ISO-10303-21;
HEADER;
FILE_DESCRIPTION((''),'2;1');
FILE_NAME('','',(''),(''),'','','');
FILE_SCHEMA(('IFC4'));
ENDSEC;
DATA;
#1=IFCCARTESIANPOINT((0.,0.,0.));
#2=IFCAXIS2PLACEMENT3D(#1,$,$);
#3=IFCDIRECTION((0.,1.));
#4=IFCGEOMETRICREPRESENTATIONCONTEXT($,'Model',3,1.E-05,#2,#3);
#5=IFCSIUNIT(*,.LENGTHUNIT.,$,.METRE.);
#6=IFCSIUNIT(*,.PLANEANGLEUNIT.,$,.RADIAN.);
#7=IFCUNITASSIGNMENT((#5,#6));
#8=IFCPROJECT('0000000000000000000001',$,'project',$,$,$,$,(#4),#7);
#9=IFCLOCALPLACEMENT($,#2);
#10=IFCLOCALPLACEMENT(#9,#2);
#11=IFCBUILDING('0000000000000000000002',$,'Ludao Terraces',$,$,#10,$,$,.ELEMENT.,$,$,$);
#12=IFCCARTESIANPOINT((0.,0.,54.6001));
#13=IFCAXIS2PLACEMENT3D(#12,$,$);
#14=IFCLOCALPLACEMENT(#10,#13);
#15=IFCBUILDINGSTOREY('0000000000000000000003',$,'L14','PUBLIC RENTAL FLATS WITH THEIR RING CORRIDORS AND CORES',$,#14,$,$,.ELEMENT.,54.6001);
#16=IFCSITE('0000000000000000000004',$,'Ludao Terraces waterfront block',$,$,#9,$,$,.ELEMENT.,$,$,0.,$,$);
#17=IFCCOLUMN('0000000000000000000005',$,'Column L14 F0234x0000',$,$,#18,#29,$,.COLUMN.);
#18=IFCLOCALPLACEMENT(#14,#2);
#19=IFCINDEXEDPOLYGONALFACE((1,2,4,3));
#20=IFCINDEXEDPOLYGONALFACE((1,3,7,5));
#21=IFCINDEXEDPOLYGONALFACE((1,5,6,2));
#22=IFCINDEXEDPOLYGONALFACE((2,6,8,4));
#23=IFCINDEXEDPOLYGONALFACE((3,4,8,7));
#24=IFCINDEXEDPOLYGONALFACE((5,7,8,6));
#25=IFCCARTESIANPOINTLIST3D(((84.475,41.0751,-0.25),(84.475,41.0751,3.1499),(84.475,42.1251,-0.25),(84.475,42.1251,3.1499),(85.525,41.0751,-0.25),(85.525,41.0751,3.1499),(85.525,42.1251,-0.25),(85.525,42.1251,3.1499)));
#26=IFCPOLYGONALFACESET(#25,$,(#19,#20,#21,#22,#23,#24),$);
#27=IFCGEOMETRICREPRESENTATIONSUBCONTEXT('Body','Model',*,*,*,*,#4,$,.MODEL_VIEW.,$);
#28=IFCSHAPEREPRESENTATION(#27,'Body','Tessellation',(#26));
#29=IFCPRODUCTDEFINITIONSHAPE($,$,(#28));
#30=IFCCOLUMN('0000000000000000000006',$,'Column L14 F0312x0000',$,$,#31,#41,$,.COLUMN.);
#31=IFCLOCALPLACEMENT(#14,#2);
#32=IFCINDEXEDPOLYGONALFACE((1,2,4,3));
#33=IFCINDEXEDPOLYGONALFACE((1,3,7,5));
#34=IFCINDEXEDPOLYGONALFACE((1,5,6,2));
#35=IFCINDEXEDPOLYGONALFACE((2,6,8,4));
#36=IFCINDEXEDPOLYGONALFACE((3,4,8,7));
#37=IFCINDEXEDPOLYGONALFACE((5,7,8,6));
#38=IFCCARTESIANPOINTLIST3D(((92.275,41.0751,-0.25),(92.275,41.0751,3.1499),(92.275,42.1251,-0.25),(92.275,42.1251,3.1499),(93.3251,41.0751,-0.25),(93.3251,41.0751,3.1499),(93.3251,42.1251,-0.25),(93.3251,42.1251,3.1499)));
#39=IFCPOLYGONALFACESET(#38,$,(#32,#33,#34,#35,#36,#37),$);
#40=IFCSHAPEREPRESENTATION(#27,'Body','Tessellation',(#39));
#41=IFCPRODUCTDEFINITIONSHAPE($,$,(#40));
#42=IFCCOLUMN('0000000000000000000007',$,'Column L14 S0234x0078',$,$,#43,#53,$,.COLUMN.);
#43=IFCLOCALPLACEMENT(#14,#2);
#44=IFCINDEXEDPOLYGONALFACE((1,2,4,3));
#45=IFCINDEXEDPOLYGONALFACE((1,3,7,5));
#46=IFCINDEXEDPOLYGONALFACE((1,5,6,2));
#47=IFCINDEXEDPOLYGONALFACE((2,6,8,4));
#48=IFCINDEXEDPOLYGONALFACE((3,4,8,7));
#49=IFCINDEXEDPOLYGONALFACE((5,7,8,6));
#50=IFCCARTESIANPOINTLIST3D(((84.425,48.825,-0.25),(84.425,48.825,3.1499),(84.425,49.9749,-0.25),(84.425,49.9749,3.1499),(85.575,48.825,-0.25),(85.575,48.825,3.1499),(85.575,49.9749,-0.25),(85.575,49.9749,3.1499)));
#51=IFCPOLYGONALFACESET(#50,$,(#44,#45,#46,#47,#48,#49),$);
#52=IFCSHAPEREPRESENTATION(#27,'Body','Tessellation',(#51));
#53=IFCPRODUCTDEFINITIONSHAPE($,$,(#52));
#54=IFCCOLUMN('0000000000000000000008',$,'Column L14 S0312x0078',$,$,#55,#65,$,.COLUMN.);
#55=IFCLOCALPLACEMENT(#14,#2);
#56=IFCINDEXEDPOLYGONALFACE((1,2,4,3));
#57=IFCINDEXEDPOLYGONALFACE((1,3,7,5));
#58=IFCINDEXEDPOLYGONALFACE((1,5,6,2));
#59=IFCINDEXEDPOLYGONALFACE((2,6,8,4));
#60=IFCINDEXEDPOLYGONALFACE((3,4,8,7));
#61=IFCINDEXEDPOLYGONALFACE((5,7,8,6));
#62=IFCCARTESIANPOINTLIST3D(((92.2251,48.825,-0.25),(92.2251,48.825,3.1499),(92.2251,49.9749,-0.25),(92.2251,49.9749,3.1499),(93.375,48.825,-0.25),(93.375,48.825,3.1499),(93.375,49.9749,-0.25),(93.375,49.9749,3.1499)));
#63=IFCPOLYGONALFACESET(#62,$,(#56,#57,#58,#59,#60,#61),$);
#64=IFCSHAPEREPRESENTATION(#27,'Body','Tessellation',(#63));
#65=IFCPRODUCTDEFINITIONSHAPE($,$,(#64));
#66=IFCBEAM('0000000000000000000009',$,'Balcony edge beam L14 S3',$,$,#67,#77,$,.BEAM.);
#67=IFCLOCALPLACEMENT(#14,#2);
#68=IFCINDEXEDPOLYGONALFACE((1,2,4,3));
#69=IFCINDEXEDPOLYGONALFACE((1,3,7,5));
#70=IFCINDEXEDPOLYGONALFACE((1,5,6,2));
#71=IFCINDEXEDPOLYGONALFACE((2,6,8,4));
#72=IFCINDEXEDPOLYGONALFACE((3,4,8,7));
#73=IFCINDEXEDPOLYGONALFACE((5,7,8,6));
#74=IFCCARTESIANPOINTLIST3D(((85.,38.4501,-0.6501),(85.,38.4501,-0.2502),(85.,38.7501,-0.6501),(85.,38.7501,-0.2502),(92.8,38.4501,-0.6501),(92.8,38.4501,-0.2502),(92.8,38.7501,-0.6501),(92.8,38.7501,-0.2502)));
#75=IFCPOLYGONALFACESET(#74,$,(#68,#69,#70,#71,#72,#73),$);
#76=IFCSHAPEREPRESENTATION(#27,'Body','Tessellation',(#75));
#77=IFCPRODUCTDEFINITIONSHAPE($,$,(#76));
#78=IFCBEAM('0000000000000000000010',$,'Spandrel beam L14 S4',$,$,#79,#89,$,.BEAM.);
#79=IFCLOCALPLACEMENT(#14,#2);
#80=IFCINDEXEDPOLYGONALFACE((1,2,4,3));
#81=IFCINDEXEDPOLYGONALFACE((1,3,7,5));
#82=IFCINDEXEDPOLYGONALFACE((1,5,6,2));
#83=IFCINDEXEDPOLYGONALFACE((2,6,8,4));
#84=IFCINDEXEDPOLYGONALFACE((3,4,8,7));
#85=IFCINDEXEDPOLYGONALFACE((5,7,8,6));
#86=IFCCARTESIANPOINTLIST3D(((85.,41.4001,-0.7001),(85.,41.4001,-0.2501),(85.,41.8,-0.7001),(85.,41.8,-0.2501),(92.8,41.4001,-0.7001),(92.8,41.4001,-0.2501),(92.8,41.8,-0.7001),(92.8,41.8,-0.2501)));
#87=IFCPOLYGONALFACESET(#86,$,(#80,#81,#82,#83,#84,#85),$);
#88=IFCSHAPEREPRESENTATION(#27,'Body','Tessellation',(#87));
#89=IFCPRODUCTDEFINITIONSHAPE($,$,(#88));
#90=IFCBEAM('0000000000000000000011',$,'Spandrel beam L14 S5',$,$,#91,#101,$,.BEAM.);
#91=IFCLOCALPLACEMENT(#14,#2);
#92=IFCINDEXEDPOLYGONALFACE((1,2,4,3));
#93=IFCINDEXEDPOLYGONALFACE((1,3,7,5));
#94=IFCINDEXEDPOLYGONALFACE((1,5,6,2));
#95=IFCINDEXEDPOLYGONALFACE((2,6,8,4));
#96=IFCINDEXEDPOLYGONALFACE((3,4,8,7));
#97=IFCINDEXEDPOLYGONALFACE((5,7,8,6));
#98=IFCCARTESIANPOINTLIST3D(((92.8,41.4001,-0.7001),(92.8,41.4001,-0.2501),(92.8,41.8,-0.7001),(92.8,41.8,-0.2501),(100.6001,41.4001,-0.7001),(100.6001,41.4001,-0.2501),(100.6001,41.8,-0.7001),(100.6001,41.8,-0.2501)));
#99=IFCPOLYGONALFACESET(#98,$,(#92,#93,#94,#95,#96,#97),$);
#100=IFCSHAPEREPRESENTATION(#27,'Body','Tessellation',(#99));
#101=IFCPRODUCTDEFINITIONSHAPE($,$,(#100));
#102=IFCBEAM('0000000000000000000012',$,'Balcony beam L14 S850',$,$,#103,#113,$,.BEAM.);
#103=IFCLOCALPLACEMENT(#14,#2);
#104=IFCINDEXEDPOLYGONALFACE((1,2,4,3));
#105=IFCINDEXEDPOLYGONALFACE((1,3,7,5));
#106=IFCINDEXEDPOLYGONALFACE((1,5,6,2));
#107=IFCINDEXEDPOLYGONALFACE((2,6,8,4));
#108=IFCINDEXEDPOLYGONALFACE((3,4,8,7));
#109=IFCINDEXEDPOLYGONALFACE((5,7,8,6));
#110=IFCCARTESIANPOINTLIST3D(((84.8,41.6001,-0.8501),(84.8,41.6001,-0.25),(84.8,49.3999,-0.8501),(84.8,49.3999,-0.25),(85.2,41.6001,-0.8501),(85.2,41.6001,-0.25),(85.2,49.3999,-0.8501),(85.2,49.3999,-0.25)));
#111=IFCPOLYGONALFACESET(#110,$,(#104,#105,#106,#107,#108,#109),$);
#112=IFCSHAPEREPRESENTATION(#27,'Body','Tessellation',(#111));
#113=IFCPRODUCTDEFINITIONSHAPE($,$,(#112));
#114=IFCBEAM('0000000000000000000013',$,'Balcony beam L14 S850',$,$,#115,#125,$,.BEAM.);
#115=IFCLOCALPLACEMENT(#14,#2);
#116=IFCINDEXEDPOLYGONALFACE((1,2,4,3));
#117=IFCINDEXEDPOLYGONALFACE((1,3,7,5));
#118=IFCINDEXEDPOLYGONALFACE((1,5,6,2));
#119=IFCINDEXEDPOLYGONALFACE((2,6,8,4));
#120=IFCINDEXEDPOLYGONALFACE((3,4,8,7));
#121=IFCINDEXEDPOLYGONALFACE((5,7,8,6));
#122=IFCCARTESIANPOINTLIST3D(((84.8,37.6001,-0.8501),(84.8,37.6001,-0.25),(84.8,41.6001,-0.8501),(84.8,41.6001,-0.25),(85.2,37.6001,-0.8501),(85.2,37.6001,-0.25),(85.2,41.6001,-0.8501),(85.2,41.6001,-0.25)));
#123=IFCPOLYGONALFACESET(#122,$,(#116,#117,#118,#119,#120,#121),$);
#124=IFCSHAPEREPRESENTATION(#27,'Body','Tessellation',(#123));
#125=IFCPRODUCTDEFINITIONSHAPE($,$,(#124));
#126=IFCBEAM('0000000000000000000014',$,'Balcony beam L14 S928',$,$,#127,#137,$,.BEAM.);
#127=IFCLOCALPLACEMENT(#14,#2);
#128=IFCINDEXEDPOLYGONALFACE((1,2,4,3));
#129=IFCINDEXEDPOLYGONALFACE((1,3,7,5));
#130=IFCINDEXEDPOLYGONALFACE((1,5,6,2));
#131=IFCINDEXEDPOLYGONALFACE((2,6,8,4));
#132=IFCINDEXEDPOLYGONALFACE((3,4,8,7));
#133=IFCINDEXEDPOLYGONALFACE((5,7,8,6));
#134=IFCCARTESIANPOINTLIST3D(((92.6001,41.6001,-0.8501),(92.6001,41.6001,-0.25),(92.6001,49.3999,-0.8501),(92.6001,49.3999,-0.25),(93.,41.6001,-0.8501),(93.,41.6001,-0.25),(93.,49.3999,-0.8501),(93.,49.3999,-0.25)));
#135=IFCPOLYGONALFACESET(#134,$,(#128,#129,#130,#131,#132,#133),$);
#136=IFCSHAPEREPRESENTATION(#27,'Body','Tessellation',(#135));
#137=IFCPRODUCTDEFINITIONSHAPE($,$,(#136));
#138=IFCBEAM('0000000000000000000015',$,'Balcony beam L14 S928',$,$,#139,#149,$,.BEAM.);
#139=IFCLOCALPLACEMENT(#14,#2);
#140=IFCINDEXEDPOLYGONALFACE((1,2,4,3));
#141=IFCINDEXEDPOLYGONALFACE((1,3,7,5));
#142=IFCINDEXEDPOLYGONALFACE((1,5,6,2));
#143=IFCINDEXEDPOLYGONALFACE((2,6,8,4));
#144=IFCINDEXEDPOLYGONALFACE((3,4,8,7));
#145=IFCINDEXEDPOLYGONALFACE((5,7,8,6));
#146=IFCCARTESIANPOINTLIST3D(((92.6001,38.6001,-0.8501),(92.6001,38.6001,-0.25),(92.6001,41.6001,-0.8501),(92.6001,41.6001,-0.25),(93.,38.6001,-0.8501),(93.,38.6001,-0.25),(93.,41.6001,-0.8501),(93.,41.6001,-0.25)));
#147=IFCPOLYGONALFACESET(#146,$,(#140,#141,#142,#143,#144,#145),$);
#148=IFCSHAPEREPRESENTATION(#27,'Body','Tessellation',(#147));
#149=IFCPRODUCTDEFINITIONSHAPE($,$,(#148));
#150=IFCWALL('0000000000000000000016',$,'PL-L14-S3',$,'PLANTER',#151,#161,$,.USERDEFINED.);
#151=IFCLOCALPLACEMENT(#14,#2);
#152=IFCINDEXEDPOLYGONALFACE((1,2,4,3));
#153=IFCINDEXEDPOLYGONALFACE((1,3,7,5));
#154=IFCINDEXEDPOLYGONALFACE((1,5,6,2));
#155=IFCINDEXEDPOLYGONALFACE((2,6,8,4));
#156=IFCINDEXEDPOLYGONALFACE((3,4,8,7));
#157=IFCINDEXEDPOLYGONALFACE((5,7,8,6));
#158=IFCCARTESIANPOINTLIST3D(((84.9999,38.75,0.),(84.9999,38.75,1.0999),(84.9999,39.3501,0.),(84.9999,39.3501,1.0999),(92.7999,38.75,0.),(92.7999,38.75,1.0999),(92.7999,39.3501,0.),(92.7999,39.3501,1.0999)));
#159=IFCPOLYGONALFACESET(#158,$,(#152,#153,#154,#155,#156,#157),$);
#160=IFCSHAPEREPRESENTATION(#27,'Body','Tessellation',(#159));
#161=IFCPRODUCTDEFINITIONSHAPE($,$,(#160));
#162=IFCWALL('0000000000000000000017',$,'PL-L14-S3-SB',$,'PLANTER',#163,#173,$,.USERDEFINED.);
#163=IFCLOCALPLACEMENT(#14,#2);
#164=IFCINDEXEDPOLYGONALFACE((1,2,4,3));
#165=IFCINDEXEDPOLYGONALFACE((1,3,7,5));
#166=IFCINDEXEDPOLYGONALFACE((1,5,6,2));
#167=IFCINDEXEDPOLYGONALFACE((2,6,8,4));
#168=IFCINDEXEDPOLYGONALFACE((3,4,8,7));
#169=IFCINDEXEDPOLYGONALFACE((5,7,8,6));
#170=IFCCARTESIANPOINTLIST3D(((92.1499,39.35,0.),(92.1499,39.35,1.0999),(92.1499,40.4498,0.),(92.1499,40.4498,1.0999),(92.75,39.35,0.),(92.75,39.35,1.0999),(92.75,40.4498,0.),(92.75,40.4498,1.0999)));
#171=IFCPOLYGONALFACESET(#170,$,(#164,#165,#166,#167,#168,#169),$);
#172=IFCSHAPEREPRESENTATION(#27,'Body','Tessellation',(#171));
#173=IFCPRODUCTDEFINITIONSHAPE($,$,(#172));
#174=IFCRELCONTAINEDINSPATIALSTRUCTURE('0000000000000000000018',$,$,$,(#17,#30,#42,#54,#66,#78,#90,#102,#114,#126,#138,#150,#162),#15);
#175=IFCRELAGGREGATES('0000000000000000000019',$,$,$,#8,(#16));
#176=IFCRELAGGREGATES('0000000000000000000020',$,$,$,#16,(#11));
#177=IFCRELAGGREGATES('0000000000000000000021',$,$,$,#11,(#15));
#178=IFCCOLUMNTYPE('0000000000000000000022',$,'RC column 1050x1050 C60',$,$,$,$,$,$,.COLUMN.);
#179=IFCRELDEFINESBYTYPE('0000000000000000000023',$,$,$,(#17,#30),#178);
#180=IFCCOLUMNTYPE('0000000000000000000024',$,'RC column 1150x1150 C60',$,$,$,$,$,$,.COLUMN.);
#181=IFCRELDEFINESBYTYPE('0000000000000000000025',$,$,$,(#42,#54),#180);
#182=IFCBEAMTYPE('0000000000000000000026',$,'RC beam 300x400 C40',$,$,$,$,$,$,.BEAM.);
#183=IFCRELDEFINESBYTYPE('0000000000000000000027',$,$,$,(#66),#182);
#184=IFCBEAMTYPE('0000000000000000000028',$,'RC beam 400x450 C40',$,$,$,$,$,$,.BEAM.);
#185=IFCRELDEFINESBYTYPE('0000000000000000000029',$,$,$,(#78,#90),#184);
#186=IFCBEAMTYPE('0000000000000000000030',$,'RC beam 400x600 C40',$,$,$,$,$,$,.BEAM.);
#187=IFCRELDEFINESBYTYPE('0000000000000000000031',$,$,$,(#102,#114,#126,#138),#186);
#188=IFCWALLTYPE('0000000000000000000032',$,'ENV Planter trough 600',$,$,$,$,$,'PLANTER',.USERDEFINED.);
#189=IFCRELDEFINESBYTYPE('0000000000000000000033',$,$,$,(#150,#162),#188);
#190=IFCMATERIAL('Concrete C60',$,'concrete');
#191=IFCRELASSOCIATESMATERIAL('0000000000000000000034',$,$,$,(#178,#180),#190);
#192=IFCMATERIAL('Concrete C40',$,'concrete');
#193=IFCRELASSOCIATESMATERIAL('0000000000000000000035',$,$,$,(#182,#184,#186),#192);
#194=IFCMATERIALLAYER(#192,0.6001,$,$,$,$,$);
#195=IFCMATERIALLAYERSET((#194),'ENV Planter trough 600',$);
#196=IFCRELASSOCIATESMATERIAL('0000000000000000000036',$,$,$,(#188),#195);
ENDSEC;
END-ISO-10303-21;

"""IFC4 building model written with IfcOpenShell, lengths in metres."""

from ifc_helpers import new_model, si_unit, direction, frame, frame_2d, origin, origin_2d, place, context, subcontext, project, spatial, rectangle, extrude, material, layer, layer_set, material_profile, profile_set, type_object, element, save


model = new_model("IFC4")

# Units and contexts
model_context = context("Model", 3, precision=1e-05, world=origin(), true_north=direction((0.0, 1.0)))
body_context = subcontext(model_context, "Body", "Model", "MODEL_VIEW")
ifc_project = project(units=[si_unit("LENGTHUNIT", "METRE"), si_unit("PLANEANGLEUNIT", "RADIAN")], contexts=[model_context])

# Site, building, storey
site_placement = place(None, origin())
site = spatial("IfcSite", under=ifc_project, at=site_placement, Name="Ludao Terraces waterfront block", CompositionType="ELEMENT", RefElevation=0.0)
building_placement = place(site_placement, origin())
building = spatial("IfcBuilding", under=site, at=building_placement, Name="Ludao Terraces", CompositionType="ELEMENT")
storey_placement = place(building_placement, frame((0.0, 0.0, 54.6001)))
storey = spatial("IfcBuildingStorey", under=building, at=storey_placement, Name="L14", Description="PUBLIC RENTAL FLATS WITH THEIR RING CORRIDORS AND CORES", CompositionType="ELEMENT", Elevation=54.6001)

# Columns
ifc_material_1 = material(Name="Concrete C60", Category="concrete")
ifc_material_profile_1 = material_profile(ifc_material_1, rectangle(XDim=1.05, YDim=1.05, at=origin_2d()), Name="1050 X 1050")
ifc_profile_set_1 = profile_set([ifc_material_profile_1], Name="Concrete C60")
column_type_1 = type_object("IfcColumnType", Name="RC column 1050x1050 C60", PredefinedType="COLUMN", material=ifc_profile_set_1)
for number, where, z_axis, x_axis, name in (
    (1, (85.0, 41.6001, -0.25), (0.0, 0.0, 1.0), (1.0, 0.0, 0.0), "Column L14 F0234x0000"),
    (2, (92.8, 41.6001, -0.25), (0.0, 0.0, 1.0), (1.0, 0.0, 0.0), "Column L14 F0312x0000"),
):
    element("IfcColumn", number, at=place(storey_placement, frame(where, z_axis=z_axis, x_axis=x_axis)), inside=storey, type_object=column_type_1, Name=name, PredefinedType="COLUMN", context=body_context, shape_type="SweptSolid", body=[
        extrude(rectangle(XDim=1.05, YDim=1.05, at=origin_2d()), origin(), (0.0, 0.0, 1.0), 3.3999),
    ])
ifc_material_profile_2 = material_profile(ifc_material_1, rectangle(XDim=1.1499, YDim=1.1499, at=origin_2d()), Name="1150 X 1150")
ifc_profile_set_2 = profile_set([ifc_material_profile_2], Name="Concrete C60")
column_type_2 = type_object("IfcColumnType", Name="RC column 1150x1150 C60", PredefinedType="COLUMN", material=ifc_profile_set_2)
for number, where, z_axis, x_axis, name in (
    (3, (85.0, 49.3999, -0.25), (0.0, 0.0, 1.0), (1.0, 0.0, 0.0), "Column L14 S0234x0078"),
    (4, (92.8, 49.3999, -0.25), (0.0, 0.0, 1.0), (1.0, 0.0, 0.0), "Column L14 S0312x0078"),
):
    element("IfcColumn", number, at=place(storey_placement, frame(where, z_axis=z_axis, x_axis=x_axis)), inside=storey, type_object=column_type_2, Name=name, PredefinedType="COLUMN", context=body_context, shape_type="SweptSolid", body=[
        extrude(rectangle(XDim=1.1499, YDim=1.1499, at=origin_2d()), origin(), (0.0, 0.0, 1.0), 3.3999),
    ])

# Beams
ifc_material_2 = material(Name="Concrete C40", Category="concrete")
ifc_material_profile_3 = material_profile(ifc_material_2, rectangle(XDim=0.3, YDim=0.3999, at=origin_2d()), Name="300 X 400")
ifc_profile_set_3 = profile_set([ifc_material_profile_3], Name="Concrete C40")
beam_type_1 = type_object("IfcBeamType", Name="RC beam 300x400 C40", PredefinedType="BEAM", material=ifc_profile_set_3)
beam_1_placement = place(storey_placement, frame((85.0, 38.6001, -0.4502), z_axis=(1.0, 0.0, 0.0), x_axis=(0.0, 1.0, 0.0)))
element("IfcBeam", 5, at=beam_1_placement, inside=storey, type_object=beam_type_1, Name="Balcony edge beam L14 S3", PredefinedType="BEAM", context=body_context, shape_type="SweptSolid", body=[
    extrude(rectangle(XDim=0.3, YDim=0.3999, at=origin_2d()), origin(), (0.0, 0.0, 1.0), 7.8),
])
ifc_material_profile_4 = material_profile(ifc_material_2, rectangle(XDim=0.3999, YDim=0.45, at=origin_2d()), Name="400 X 450")
ifc_profile_set_4 = profile_set([ifc_material_profile_4], Name="Concrete C40")
beam_type_2 = type_object("IfcBeamType", Name="RC beam 400x450 C40", PredefinedType="BEAM", material=ifc_profile_set_4)
for number, where, z_axis, x_axis, name in (
    (6, (85.0, 41.6001, -0.4751), (1.0, 0.0, 0.0), (0.0, 1.0, 0.0), "Spandrel beam L14 S4"),
    (7, (92.8, 41.6001, -0.4751), (1.0, 0.0, 0.0), (0.0, 1.0, 0.0), "Spandrel beam L14 S5"),
):
    element("IfcBeam", number, at=place(storey_placement, frame(where, z_axis=z_axis, x_axis=x_axis)), inside=storey, type_object=beam_type_2, Name=name, PredefinedType="BEAM", context=body_context, shape_type="SweptSolid", body=[
        extrude(rectangle(XDim=0.3999, YDim=0.45, at=origin_2d()), origin(), (0.0, 0.0, 1.0), 7.8),
    ])
ifc_material_profile_5 = material_profile(ifc_material_2, rectangle(XDim=0.3999, YDim=0.6001, at=origin_2d()), Name="400 X 600")
ifc_profile_set_5 = profile_set([ifc_material_profile_5], Name="Concrete C40")
beam_type_3 = type_object("IfcBeamType", Name="RC beam 400x600 C40", PredefinedType="BEAM", material=ifc_profile_set_5)
beam_2_placement = place(storey_placement, frame((85.0, 49.3999, -0.55), z_axis=(0.0, -1.0, 0.0), x_axis=(1.0, 0.0, 0.0)))
element("IfcBeam", 8, at=beam_2_placement, inside=storey, type_object=beam_type_3, Name="Balcony beam L14 S850", PredefinedType="BEAM", context=body_context, shape_type="SweptSolid", body=[
    extrude(rectangle(XDim=0.3999, YDim=0.6001, at=origin_2d()), origin(), (0.0, 0.0, 1.0), 7.7998),
])
beam_3_placement = place(storey_placement, frame((85.0, 41.6001, -0.55), z_axis=(0.0, -1.0, 0.0), x_axis=(1.0, 0.0, 0.0)))
element("IfcBeam", 9, at=beam_3_placement, inside=storey, type_object=beam_type_3, Name="Balcony beam L14 S850", PredefinedType="BEAM", context=body_context, shape_type="SweptSolid", body=[
    extrude(rectangle(XDim=0.3999, YDim=0.6001, at=origin_2d()), origin(), (0.0, 0.0, 1.0), 4.0),
])
beam_4_placement = place(storey_placement, frame((92.8, 49.3999, -0.55), z_axis=(0.0, -1.0, 0.0), x_axis=(1.0, 0.0, 0.0)))
element("IfcBeam", 10, at=beam_4_placement, inside=storey, type_object=beam_type_3, Name="Balcony beam L14 S928", PredefinedType="BEAM", context=body_context, shape_type="SweptSolid", body=[
    extrude(rectangle(XDim=0.3999, YDim=0.6001, at=origin_2d()), origin(), (0.0, 0.0, 1.0), 7.7998),
])
beam_5_placement = place(storey_placement, frame((92.8, 41.6001, -0.55), z_axis=(0.0, -1.0, 0.0), x_axis=(1.0, 0.0, 0.0)))
element("IfcBeam", 11, at=beam_5_placement, inside=storey, type_object=beam_type_3, Name="Balcony beam L14 S928", PredefinedType="BEAM", context=body_context, shape_type="SweptSolid", body=[
    extrude(rectangle(XDim=0.3999, YDim=0.6001, at=origin_2d()), origin(), (0.0, 0.0, 1.0), 3.0),
])

# Walls
ifc_layer_1 = layer(ifc_material_2, 0.6001)
ifc_layer_set_1 = layer_set([ifc_layer_1], Name="ENV Planter trough 600")
wall_type_1 = type_object("IfcWallType", Name="ENV Planter trough 600", ElementType="PLANTER", PredefinedType="USERDEFINED", material=ifc_layer_set_1)
wall_1_placement = place(storey_placement, frame((85.0, 39.05, 0.0), z_axis=(0.0, 0.0, 1.0), x_axis=(1.0, 0.0, 0.0)))
element("IfcWall", 12, at=wall_1_placement, inside=storey, type_object=wall_type_1, Name="PL-L14-S3", ObjectType="PLANTER", PredefinedType="USERDEFINED", context=body_context, shape_type="SweptSolid", body=[
    extrude(rectangle(XDim=7.8, YDim=0.6001, at=frame_2d((3.8999, 0.0))), origin(), (0.0, 0.0, 1.0), 1.0999),
])
wall_2_placement = place(storey_placement, frame((92.45, 39.3501, 0.0), z_axis=(0.0, 0.0, 1.0), x_axis=(0.0, 1.0, 0.0)))
element("IfcWall", 13, at=wall_2_placement, inside=storey, type_object=wall_type_1, Name="PL-L14-S3-SB", ObjectType="PLANTER", PredefinedType="USERDEFINED", context=body_context, shape_type="SweptSolid", body=[
    extrude(rectangle(XDim=1.0999, YDim=0.6001, at=frame_2d((0.5498, 0.0))), origin(), (0.0, 0.0, 1.0), 1.0999),
])

save(model, "model.ifc")
